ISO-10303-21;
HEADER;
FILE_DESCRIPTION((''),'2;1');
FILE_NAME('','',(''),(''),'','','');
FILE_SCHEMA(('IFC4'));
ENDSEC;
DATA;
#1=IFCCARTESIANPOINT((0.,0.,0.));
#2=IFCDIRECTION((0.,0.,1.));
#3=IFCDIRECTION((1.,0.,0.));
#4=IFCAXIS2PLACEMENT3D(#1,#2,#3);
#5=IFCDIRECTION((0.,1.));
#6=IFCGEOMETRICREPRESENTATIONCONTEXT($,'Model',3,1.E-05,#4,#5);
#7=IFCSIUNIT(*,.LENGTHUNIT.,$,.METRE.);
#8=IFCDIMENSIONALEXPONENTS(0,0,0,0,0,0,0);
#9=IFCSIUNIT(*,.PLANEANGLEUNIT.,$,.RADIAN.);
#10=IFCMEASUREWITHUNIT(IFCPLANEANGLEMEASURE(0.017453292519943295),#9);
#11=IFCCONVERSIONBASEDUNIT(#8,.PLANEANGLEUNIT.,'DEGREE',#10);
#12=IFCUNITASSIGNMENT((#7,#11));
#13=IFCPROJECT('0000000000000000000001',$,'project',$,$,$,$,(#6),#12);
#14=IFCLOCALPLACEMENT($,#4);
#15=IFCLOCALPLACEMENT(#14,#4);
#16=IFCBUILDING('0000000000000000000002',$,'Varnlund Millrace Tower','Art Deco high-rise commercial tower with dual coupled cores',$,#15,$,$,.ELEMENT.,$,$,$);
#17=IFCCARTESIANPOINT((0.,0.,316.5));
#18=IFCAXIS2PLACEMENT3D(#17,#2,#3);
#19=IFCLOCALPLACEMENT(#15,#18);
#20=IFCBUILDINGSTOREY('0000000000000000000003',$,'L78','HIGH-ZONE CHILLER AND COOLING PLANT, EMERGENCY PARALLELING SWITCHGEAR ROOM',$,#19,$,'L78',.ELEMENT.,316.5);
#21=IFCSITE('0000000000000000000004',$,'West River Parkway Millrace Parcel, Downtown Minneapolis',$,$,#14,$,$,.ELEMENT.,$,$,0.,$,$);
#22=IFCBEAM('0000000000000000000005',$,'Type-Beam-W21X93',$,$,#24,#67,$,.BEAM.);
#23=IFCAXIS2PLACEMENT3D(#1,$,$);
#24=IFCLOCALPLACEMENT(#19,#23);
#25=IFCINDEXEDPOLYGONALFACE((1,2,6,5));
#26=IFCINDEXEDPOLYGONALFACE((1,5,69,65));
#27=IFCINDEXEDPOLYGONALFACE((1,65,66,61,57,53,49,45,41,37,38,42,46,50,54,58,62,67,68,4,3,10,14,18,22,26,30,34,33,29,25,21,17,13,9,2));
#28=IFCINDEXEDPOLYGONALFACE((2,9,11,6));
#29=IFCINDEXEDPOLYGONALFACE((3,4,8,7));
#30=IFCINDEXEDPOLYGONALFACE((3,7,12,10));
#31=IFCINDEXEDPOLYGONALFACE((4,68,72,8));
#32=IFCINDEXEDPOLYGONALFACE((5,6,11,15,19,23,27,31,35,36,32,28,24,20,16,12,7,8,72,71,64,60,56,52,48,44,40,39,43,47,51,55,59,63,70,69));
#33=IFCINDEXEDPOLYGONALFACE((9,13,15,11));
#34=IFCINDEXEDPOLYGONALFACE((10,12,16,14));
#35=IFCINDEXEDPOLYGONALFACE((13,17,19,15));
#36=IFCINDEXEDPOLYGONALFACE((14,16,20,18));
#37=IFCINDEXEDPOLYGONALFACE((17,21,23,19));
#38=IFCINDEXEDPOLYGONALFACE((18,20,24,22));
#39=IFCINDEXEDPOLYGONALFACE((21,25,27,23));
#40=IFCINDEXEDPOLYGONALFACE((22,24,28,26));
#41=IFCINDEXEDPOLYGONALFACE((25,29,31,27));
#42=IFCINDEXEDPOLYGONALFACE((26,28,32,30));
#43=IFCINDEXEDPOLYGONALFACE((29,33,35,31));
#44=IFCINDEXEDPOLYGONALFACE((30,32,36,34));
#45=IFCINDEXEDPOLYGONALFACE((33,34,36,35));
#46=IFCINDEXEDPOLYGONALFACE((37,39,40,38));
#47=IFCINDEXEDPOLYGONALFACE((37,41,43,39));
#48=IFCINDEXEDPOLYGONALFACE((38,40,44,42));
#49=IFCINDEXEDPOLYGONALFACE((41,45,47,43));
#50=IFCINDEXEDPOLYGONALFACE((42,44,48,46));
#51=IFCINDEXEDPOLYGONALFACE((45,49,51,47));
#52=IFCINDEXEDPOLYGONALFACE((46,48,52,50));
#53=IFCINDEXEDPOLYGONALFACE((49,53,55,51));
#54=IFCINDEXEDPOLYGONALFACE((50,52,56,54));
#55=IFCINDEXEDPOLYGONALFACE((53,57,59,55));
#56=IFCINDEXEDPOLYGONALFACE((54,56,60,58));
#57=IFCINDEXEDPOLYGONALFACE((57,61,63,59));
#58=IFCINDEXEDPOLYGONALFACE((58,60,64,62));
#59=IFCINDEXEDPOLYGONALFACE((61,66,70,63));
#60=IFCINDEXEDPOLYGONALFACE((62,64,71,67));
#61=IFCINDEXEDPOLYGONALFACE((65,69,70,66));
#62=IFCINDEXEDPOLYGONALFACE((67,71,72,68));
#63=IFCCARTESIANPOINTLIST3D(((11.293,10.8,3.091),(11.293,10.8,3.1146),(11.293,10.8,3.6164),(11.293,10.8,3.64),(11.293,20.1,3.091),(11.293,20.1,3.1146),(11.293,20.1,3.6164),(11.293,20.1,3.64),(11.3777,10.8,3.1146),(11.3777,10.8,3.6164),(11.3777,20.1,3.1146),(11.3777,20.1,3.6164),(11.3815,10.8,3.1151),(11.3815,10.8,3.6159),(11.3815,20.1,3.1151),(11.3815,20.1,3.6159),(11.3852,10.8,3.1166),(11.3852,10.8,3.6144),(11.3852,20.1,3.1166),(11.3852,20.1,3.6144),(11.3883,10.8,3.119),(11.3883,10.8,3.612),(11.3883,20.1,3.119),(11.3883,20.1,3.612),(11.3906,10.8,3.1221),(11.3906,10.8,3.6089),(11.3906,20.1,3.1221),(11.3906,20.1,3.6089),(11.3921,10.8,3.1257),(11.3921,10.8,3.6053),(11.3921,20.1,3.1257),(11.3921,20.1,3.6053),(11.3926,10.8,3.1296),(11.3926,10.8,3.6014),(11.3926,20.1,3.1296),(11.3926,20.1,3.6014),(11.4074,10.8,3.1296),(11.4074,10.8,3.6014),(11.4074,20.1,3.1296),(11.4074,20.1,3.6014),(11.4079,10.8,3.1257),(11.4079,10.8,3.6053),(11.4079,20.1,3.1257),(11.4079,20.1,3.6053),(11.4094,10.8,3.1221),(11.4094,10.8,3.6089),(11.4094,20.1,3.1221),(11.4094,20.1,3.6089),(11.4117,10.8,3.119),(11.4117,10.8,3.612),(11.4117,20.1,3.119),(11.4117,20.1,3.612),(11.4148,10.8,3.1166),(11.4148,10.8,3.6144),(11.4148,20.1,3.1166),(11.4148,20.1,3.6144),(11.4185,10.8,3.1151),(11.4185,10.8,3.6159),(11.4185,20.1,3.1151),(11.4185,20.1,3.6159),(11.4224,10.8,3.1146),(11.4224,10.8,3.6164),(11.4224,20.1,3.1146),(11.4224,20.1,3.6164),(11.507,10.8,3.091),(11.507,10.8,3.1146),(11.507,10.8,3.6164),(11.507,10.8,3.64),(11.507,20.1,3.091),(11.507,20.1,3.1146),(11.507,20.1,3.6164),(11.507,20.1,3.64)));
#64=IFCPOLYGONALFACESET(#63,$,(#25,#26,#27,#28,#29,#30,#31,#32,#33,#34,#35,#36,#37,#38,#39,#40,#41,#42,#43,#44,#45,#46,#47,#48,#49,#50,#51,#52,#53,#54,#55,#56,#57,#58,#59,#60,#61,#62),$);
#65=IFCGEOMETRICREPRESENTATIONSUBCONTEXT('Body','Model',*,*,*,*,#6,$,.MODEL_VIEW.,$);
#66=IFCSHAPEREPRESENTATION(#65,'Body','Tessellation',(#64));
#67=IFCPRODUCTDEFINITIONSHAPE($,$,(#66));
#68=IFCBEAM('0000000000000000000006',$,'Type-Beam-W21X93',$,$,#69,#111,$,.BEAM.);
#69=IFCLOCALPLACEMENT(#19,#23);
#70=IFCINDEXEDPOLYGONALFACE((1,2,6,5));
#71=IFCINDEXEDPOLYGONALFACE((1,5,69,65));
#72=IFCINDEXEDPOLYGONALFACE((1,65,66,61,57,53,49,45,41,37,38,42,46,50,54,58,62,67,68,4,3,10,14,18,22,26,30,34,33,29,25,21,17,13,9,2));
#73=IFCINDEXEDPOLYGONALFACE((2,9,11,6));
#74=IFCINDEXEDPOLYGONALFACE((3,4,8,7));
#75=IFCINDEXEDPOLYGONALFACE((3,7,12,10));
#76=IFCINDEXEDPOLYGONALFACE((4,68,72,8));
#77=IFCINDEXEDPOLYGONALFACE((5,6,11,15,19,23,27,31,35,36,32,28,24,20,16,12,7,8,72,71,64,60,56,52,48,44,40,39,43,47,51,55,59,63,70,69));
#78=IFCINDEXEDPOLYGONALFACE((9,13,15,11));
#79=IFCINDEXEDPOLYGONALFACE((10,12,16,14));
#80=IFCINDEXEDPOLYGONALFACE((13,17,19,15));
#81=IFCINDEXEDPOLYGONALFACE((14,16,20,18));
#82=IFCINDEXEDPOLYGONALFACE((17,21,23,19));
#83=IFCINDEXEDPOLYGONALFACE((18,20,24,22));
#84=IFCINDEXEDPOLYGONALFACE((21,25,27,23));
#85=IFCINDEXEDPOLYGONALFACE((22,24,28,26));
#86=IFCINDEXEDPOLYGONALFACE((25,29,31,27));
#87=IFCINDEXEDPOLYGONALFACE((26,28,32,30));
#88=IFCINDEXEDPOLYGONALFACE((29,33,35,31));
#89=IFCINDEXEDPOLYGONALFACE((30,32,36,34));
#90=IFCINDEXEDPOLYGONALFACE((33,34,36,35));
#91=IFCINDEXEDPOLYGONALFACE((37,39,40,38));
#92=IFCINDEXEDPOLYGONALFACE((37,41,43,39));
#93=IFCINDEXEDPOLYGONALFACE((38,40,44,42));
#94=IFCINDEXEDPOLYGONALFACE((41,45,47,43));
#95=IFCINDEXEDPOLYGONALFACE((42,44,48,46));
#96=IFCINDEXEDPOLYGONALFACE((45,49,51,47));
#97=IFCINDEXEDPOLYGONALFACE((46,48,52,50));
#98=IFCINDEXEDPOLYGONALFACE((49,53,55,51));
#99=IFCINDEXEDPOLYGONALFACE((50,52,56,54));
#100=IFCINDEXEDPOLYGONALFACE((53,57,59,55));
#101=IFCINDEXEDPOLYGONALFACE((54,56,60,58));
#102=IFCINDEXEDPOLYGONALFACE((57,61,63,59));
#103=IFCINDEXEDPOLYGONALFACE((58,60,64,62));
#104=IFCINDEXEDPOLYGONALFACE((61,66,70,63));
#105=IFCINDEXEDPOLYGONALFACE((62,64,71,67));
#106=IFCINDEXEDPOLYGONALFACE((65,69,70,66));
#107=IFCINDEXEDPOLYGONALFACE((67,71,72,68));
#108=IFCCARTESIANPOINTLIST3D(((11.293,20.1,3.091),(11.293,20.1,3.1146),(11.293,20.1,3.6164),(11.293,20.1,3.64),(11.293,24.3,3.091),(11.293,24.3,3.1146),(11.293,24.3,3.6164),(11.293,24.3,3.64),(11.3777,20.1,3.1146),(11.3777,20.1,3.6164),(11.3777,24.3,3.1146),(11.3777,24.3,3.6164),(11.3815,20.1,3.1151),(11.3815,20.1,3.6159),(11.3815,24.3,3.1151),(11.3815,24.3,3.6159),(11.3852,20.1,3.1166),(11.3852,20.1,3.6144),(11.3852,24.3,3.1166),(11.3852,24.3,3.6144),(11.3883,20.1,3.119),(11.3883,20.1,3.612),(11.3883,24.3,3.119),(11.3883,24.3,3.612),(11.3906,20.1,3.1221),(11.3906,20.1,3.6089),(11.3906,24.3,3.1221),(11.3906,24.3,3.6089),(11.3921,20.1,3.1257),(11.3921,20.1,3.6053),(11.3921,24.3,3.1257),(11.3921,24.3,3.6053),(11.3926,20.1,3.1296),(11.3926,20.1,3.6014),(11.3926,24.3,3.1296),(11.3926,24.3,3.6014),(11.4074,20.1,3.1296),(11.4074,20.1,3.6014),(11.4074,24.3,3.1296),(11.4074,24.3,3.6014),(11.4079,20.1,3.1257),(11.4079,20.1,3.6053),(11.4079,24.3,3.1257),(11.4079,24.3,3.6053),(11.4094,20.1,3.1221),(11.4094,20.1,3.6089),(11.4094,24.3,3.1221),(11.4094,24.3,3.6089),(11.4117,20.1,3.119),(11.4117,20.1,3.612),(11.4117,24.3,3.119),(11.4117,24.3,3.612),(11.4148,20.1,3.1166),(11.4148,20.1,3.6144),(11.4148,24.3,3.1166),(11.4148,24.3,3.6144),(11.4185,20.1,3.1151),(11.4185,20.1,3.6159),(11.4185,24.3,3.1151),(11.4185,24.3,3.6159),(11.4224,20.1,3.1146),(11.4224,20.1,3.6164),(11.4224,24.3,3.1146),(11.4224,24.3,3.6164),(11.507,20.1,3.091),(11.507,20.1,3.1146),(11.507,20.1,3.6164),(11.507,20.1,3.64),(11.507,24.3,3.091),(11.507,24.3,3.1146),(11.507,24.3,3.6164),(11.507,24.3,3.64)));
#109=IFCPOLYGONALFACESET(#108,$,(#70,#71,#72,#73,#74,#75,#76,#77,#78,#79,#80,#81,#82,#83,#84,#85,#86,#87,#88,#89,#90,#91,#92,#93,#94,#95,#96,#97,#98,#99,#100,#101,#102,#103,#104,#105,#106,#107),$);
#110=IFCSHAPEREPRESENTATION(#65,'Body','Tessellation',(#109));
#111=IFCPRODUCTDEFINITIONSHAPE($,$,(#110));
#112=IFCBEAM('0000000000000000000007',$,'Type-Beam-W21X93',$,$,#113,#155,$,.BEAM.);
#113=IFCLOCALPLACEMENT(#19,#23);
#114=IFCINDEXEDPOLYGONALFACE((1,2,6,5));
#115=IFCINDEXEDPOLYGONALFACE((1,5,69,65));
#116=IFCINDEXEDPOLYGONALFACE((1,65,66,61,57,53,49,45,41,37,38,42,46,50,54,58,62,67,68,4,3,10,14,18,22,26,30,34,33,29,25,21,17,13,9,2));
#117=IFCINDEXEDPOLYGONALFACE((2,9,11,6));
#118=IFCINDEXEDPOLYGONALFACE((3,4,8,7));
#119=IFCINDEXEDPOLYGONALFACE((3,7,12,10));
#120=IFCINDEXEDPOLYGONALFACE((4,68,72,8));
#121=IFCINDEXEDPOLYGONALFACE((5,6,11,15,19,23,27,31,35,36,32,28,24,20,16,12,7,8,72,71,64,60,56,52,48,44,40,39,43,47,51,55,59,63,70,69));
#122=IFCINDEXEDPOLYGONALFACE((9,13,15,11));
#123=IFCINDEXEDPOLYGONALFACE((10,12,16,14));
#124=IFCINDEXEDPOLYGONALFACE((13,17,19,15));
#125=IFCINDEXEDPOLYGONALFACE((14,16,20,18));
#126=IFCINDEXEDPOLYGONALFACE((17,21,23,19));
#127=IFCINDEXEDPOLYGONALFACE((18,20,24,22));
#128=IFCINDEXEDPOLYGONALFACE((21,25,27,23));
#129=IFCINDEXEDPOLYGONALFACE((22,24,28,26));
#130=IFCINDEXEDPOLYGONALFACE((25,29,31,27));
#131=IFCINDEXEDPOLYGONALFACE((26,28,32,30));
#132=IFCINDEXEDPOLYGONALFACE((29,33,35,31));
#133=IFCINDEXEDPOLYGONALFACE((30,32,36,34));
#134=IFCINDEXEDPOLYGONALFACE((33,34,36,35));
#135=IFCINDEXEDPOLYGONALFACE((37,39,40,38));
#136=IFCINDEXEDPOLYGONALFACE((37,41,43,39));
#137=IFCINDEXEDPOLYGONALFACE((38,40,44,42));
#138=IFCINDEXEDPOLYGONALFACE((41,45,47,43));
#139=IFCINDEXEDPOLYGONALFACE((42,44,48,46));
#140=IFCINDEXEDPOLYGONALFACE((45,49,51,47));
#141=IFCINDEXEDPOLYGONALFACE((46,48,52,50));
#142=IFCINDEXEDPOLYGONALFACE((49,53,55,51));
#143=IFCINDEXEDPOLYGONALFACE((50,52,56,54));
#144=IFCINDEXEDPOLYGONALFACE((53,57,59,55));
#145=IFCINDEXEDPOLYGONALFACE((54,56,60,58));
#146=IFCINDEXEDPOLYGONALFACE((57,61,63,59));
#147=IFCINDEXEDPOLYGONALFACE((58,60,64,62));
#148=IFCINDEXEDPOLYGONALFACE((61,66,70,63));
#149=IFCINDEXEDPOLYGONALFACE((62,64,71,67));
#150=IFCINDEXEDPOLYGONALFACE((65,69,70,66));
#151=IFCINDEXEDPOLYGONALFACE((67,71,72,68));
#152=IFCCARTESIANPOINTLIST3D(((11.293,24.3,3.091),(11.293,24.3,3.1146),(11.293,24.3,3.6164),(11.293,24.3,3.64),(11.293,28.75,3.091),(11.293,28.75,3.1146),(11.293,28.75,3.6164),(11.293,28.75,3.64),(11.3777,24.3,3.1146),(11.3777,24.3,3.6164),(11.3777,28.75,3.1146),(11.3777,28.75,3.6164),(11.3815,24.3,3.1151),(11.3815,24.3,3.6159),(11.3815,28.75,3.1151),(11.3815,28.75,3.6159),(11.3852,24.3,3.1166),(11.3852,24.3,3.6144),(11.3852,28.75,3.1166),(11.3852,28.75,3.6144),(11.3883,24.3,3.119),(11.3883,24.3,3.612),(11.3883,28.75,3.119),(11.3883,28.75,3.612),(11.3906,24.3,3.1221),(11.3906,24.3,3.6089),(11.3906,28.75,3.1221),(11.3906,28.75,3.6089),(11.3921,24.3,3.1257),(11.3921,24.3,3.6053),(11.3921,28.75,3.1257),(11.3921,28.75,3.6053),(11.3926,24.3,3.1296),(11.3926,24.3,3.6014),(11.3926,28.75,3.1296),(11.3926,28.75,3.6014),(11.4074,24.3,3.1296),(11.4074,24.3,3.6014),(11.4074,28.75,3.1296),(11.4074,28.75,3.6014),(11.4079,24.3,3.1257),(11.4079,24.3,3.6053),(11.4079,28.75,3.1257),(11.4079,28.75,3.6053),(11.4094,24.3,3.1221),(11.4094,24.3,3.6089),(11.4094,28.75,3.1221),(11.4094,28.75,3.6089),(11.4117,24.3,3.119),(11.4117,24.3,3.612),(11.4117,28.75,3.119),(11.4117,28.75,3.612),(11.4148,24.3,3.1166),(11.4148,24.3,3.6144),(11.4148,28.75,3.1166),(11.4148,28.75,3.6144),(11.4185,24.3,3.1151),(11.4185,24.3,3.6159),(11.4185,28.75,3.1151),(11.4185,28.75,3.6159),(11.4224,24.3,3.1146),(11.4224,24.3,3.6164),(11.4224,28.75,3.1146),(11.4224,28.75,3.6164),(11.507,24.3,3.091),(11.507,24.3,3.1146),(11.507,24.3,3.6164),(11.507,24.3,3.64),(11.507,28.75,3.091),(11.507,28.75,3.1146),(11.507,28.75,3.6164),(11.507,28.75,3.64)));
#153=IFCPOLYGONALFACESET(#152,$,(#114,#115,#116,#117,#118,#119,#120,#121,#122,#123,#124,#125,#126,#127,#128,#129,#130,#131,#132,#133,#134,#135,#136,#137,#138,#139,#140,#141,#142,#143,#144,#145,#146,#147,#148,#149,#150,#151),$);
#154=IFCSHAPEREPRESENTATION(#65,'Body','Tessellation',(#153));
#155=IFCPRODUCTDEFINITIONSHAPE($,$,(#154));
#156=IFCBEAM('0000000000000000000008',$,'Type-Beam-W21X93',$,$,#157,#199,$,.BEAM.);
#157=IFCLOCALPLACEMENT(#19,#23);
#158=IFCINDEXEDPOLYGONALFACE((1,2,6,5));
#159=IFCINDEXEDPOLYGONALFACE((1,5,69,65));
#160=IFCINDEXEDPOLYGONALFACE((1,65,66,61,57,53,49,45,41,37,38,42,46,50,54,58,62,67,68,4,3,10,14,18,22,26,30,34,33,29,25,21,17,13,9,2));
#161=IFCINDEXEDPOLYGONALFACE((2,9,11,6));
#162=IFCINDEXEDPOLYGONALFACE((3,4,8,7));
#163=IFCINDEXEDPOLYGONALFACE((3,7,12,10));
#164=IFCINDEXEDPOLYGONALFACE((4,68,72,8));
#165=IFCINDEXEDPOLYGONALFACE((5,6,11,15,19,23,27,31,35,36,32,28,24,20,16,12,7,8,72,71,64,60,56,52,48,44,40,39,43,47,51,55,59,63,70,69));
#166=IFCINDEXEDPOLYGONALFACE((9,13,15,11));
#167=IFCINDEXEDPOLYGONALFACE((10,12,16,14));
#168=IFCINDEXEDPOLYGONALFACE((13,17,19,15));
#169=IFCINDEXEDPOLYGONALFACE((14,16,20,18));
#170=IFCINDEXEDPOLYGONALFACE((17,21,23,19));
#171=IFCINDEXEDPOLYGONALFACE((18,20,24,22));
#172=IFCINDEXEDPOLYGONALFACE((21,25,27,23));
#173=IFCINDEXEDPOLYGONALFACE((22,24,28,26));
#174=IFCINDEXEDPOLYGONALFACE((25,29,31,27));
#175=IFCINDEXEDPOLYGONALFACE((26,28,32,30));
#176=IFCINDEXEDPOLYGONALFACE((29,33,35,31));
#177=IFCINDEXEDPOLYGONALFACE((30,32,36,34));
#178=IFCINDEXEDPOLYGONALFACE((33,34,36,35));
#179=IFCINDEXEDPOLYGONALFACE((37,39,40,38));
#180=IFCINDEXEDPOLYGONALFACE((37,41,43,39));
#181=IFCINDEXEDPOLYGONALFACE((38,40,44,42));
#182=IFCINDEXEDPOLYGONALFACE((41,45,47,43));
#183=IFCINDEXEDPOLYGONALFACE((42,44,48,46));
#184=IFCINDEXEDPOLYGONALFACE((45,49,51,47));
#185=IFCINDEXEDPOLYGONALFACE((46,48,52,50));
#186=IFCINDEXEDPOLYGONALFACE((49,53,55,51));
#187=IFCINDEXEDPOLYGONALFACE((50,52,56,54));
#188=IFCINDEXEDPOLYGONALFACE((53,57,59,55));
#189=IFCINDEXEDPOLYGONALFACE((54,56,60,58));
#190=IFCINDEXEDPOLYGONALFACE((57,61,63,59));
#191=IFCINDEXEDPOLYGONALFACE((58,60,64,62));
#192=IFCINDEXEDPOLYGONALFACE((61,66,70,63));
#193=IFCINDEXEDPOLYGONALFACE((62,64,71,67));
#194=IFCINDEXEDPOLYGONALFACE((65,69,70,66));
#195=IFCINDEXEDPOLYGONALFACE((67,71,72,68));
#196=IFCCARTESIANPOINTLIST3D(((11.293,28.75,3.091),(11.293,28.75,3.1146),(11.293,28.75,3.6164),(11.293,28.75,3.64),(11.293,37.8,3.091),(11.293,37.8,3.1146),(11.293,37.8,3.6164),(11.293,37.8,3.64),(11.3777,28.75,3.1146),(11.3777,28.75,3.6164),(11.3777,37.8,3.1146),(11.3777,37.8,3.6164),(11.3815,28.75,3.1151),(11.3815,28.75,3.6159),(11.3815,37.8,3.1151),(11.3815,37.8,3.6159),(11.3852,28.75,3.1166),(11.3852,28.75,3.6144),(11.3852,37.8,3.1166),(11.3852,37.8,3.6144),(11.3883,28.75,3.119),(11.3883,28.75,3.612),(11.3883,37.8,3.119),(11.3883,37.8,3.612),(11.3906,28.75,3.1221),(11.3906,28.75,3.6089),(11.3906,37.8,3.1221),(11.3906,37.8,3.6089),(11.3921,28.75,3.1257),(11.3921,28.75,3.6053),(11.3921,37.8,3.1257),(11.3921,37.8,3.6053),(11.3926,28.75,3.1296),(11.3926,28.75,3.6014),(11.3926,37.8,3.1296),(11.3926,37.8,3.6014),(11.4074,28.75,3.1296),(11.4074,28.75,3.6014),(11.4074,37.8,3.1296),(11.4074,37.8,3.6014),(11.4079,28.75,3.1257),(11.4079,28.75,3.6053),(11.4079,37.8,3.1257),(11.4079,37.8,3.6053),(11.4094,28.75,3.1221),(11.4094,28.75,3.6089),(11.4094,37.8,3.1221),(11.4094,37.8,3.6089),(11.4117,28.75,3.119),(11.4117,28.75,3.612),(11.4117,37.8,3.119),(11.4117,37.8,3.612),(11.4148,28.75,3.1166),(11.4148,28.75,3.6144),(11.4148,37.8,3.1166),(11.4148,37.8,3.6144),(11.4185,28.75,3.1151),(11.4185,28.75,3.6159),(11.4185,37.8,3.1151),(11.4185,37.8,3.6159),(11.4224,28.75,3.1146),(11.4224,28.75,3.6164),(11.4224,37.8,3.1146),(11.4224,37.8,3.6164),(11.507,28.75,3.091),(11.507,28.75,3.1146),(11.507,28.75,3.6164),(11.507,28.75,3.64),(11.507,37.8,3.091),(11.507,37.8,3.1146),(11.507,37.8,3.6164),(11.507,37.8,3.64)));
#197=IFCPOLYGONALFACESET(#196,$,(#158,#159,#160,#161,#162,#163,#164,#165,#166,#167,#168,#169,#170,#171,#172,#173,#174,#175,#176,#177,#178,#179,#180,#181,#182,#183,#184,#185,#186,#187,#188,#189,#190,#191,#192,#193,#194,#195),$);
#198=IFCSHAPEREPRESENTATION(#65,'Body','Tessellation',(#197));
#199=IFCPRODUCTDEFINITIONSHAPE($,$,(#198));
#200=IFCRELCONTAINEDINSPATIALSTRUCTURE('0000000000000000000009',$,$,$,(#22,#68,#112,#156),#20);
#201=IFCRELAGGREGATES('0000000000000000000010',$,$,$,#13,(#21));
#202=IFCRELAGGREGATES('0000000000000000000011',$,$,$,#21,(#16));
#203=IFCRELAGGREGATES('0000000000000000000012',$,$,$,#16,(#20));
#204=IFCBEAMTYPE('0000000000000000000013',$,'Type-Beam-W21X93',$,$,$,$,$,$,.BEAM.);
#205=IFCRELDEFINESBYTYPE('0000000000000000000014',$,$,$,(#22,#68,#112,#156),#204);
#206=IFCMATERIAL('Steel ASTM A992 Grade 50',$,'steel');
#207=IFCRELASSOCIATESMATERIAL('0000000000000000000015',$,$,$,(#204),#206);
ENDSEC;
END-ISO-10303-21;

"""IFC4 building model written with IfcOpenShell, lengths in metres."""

from ifc_helpers import new_model, entity, si_unit, converted_unit, direction, frame, origin_with_axes, origin_2d_with_axis, place, context, subcontext, project, spatial, i_section, extrude, material, material_profile, profile_set, type_object, element, save


model = new_model("IFC4")

# Units and contexts
model_context = context("Model", 3, precision=1e-05, world=origin_with_axes(), true_north=direction((0.0, 1.0)))
body_context = subcontext(model_context, "Body", "Model", "MODEL_VIEW")
ifc_project = project(units=[si_unit("LENGTHUNIT", "METRE"), converted_unit("PLANEANGLEUNIT", "DEGREE", entity("IfcPlaneAngleMeasure", 0.017453292519943295), si_unit("PLANEANGLEUNIT", "RADIAN"), dimensions=[0, 0, 0, 0, 0, 0, 0])], contexts=[model_context])

# Site, building, storey
site_placement = place(None, origin_with_axes())
site = spatial("IfcSite", under=ifc_project, at=site_placement, Name="West River Parkway Millrace Parcel, Downtown Minneapolis", CompositionType="ELEMENT", RefElevation=0.0)
building_placement = place(site_placement, origin_with_axes())
building = spatial("IfcBuilding", under=site, at=building_placement, Name="Varnlund Millrace Tower", Description="Art Deco high-rise commercial tower with dual coupled cores", CompositionType="ELEMENT")
storey_placement = place(building_placement, frame((0.0, 0.0, 316.5), z_axis=(0.0, 0.0, 1.0), x_axis=(1.0, 0.0, 0.0)))
storey = spatial("IfcBuildingStorey", under=building, at=storey_placement, Name="L78", Description="HIGH-ZONE CHILLER AND COOLING PLANT, EMERGENCY PARALLELING SWITCHGEAR ROOM", LongName="L78", CompositionType="ELEMENT", Elevation=316.5)

# Beams
ifc_material_1 = material(Name="Steel ASTM A992 Grade 50", Category="steel")
ifc_material_profile_1 = material_profile(ifc_material_1, i_section(OverallWidth=0.214, OverallDepth=0.549, WebThickness=0.0147, FlangeThickness=0.0236, FilletRadius=0.015, at=origin_2d_with_axis()), Name="Steel ASTM A992 Grade 50")
ifc_profile_set_1 = profile_set([ifc_material_profile_1], Name="Steel ASTM A992 Grade 50")
beam_type_1 = type_object("IfcBeamType", Name="Type-Beam-W21X93", PredefinedType="BEAM", material=ifc_profile_set_1)
beam_1_placement = place(storey_placement, frame((11.4, 10.8, 3.3655), z_axis=(0.0, 1.0, 0.0), x_axis=(-1.0, 0.0, 0.0)))
element("IfcBeam", 1, at=beam_1_placement, inside=storey, type_object=beam_type_1, Name="Type-Beam-W21X93", PredefinedType="BEAM", context=body_context, shape_type="SweptSolid", body=[
    extrude(i_section(OverallWidth=0.214, OverallDepth=0.549, WebThickness=0.0147, FlangeThickness=0.0236, FilletRadius=0.015, at=origin_2d_with_axis()), origin_with_axes(), (0.0, 0.0, 1.0), 9.3),
])
beam_2_placement = place(storey_placement, frame((11.4, 20.1, 3.3655), z_axis=(0.0, 1.0, 0.0), x_axis=(-1.0, 0.0, 0.0)))
element("IfcBeam", 2, at=beam_2_placement, inside=storey, type_object=beam_type_1, Name="Type-Beam-W21X93", PredefinedType="BEAM", context=body_context, shape_type="SweptSolid", body=[
    extrude(i_section(OverallWidth=0.214, OverallDepth=0.549, WebThickness=0.0147, FlangeThickness=0.0236, FilletRadius=0.015, at=origin_2d_with_axis()), origin_with_axes(), (0.0, 0.0, 1.0), 4.2),
])
beam_3_placement = place(storey_placement, frame((11.4, 24.3, 3.3655), z_axis=(0.0, 1.0, 0.0), x_axis=(-1.0, 0.0, 0.0)))
element("IfcBeam", 3, at=beam_3_placement, inside=storey, type_object=beam_type_1, Name="Type-Beam-W21X93", PredefinedType="BEAM", context=body_context, shape_type="SweptSolid", body=[
    extrude(i_section(OverallWidth=0.214, OverallDepth=0.549, WebThickness=0.0147, FlangeThickness=0.0236, FilletRadius=0.015, at=origin_2d_with_axis()), origin_with_axes(), (0.0, 0.0, 1.0), 4.45),
])
beam_4_placement = place(storey_placement, frame((11.4, 28.75, 3.3655), z_axis=(0.0, 1.0, 0.0), x_axis=(-1.0, 0.0, 0.0)))
element("IfcBeam", 4, at=beam_4_placement, inside=storey, type_object=beam_type_1, Name="Type-Beam-W21X93", PredefinedType="BEAM", context=body_context, shape_type="SweptSolid", body=[
    extrude(i_section(OverallWidth=0.214, OverallDepth=0.549, WebThickness=0.0147, FlangeThickness=0.0236, FilletRadius=0.015, at=origin_2d_with_axis()), origin_with_axes(), (0.0, 0.0, 1.0), 9.05),
])

save(model, "model.ifc")
